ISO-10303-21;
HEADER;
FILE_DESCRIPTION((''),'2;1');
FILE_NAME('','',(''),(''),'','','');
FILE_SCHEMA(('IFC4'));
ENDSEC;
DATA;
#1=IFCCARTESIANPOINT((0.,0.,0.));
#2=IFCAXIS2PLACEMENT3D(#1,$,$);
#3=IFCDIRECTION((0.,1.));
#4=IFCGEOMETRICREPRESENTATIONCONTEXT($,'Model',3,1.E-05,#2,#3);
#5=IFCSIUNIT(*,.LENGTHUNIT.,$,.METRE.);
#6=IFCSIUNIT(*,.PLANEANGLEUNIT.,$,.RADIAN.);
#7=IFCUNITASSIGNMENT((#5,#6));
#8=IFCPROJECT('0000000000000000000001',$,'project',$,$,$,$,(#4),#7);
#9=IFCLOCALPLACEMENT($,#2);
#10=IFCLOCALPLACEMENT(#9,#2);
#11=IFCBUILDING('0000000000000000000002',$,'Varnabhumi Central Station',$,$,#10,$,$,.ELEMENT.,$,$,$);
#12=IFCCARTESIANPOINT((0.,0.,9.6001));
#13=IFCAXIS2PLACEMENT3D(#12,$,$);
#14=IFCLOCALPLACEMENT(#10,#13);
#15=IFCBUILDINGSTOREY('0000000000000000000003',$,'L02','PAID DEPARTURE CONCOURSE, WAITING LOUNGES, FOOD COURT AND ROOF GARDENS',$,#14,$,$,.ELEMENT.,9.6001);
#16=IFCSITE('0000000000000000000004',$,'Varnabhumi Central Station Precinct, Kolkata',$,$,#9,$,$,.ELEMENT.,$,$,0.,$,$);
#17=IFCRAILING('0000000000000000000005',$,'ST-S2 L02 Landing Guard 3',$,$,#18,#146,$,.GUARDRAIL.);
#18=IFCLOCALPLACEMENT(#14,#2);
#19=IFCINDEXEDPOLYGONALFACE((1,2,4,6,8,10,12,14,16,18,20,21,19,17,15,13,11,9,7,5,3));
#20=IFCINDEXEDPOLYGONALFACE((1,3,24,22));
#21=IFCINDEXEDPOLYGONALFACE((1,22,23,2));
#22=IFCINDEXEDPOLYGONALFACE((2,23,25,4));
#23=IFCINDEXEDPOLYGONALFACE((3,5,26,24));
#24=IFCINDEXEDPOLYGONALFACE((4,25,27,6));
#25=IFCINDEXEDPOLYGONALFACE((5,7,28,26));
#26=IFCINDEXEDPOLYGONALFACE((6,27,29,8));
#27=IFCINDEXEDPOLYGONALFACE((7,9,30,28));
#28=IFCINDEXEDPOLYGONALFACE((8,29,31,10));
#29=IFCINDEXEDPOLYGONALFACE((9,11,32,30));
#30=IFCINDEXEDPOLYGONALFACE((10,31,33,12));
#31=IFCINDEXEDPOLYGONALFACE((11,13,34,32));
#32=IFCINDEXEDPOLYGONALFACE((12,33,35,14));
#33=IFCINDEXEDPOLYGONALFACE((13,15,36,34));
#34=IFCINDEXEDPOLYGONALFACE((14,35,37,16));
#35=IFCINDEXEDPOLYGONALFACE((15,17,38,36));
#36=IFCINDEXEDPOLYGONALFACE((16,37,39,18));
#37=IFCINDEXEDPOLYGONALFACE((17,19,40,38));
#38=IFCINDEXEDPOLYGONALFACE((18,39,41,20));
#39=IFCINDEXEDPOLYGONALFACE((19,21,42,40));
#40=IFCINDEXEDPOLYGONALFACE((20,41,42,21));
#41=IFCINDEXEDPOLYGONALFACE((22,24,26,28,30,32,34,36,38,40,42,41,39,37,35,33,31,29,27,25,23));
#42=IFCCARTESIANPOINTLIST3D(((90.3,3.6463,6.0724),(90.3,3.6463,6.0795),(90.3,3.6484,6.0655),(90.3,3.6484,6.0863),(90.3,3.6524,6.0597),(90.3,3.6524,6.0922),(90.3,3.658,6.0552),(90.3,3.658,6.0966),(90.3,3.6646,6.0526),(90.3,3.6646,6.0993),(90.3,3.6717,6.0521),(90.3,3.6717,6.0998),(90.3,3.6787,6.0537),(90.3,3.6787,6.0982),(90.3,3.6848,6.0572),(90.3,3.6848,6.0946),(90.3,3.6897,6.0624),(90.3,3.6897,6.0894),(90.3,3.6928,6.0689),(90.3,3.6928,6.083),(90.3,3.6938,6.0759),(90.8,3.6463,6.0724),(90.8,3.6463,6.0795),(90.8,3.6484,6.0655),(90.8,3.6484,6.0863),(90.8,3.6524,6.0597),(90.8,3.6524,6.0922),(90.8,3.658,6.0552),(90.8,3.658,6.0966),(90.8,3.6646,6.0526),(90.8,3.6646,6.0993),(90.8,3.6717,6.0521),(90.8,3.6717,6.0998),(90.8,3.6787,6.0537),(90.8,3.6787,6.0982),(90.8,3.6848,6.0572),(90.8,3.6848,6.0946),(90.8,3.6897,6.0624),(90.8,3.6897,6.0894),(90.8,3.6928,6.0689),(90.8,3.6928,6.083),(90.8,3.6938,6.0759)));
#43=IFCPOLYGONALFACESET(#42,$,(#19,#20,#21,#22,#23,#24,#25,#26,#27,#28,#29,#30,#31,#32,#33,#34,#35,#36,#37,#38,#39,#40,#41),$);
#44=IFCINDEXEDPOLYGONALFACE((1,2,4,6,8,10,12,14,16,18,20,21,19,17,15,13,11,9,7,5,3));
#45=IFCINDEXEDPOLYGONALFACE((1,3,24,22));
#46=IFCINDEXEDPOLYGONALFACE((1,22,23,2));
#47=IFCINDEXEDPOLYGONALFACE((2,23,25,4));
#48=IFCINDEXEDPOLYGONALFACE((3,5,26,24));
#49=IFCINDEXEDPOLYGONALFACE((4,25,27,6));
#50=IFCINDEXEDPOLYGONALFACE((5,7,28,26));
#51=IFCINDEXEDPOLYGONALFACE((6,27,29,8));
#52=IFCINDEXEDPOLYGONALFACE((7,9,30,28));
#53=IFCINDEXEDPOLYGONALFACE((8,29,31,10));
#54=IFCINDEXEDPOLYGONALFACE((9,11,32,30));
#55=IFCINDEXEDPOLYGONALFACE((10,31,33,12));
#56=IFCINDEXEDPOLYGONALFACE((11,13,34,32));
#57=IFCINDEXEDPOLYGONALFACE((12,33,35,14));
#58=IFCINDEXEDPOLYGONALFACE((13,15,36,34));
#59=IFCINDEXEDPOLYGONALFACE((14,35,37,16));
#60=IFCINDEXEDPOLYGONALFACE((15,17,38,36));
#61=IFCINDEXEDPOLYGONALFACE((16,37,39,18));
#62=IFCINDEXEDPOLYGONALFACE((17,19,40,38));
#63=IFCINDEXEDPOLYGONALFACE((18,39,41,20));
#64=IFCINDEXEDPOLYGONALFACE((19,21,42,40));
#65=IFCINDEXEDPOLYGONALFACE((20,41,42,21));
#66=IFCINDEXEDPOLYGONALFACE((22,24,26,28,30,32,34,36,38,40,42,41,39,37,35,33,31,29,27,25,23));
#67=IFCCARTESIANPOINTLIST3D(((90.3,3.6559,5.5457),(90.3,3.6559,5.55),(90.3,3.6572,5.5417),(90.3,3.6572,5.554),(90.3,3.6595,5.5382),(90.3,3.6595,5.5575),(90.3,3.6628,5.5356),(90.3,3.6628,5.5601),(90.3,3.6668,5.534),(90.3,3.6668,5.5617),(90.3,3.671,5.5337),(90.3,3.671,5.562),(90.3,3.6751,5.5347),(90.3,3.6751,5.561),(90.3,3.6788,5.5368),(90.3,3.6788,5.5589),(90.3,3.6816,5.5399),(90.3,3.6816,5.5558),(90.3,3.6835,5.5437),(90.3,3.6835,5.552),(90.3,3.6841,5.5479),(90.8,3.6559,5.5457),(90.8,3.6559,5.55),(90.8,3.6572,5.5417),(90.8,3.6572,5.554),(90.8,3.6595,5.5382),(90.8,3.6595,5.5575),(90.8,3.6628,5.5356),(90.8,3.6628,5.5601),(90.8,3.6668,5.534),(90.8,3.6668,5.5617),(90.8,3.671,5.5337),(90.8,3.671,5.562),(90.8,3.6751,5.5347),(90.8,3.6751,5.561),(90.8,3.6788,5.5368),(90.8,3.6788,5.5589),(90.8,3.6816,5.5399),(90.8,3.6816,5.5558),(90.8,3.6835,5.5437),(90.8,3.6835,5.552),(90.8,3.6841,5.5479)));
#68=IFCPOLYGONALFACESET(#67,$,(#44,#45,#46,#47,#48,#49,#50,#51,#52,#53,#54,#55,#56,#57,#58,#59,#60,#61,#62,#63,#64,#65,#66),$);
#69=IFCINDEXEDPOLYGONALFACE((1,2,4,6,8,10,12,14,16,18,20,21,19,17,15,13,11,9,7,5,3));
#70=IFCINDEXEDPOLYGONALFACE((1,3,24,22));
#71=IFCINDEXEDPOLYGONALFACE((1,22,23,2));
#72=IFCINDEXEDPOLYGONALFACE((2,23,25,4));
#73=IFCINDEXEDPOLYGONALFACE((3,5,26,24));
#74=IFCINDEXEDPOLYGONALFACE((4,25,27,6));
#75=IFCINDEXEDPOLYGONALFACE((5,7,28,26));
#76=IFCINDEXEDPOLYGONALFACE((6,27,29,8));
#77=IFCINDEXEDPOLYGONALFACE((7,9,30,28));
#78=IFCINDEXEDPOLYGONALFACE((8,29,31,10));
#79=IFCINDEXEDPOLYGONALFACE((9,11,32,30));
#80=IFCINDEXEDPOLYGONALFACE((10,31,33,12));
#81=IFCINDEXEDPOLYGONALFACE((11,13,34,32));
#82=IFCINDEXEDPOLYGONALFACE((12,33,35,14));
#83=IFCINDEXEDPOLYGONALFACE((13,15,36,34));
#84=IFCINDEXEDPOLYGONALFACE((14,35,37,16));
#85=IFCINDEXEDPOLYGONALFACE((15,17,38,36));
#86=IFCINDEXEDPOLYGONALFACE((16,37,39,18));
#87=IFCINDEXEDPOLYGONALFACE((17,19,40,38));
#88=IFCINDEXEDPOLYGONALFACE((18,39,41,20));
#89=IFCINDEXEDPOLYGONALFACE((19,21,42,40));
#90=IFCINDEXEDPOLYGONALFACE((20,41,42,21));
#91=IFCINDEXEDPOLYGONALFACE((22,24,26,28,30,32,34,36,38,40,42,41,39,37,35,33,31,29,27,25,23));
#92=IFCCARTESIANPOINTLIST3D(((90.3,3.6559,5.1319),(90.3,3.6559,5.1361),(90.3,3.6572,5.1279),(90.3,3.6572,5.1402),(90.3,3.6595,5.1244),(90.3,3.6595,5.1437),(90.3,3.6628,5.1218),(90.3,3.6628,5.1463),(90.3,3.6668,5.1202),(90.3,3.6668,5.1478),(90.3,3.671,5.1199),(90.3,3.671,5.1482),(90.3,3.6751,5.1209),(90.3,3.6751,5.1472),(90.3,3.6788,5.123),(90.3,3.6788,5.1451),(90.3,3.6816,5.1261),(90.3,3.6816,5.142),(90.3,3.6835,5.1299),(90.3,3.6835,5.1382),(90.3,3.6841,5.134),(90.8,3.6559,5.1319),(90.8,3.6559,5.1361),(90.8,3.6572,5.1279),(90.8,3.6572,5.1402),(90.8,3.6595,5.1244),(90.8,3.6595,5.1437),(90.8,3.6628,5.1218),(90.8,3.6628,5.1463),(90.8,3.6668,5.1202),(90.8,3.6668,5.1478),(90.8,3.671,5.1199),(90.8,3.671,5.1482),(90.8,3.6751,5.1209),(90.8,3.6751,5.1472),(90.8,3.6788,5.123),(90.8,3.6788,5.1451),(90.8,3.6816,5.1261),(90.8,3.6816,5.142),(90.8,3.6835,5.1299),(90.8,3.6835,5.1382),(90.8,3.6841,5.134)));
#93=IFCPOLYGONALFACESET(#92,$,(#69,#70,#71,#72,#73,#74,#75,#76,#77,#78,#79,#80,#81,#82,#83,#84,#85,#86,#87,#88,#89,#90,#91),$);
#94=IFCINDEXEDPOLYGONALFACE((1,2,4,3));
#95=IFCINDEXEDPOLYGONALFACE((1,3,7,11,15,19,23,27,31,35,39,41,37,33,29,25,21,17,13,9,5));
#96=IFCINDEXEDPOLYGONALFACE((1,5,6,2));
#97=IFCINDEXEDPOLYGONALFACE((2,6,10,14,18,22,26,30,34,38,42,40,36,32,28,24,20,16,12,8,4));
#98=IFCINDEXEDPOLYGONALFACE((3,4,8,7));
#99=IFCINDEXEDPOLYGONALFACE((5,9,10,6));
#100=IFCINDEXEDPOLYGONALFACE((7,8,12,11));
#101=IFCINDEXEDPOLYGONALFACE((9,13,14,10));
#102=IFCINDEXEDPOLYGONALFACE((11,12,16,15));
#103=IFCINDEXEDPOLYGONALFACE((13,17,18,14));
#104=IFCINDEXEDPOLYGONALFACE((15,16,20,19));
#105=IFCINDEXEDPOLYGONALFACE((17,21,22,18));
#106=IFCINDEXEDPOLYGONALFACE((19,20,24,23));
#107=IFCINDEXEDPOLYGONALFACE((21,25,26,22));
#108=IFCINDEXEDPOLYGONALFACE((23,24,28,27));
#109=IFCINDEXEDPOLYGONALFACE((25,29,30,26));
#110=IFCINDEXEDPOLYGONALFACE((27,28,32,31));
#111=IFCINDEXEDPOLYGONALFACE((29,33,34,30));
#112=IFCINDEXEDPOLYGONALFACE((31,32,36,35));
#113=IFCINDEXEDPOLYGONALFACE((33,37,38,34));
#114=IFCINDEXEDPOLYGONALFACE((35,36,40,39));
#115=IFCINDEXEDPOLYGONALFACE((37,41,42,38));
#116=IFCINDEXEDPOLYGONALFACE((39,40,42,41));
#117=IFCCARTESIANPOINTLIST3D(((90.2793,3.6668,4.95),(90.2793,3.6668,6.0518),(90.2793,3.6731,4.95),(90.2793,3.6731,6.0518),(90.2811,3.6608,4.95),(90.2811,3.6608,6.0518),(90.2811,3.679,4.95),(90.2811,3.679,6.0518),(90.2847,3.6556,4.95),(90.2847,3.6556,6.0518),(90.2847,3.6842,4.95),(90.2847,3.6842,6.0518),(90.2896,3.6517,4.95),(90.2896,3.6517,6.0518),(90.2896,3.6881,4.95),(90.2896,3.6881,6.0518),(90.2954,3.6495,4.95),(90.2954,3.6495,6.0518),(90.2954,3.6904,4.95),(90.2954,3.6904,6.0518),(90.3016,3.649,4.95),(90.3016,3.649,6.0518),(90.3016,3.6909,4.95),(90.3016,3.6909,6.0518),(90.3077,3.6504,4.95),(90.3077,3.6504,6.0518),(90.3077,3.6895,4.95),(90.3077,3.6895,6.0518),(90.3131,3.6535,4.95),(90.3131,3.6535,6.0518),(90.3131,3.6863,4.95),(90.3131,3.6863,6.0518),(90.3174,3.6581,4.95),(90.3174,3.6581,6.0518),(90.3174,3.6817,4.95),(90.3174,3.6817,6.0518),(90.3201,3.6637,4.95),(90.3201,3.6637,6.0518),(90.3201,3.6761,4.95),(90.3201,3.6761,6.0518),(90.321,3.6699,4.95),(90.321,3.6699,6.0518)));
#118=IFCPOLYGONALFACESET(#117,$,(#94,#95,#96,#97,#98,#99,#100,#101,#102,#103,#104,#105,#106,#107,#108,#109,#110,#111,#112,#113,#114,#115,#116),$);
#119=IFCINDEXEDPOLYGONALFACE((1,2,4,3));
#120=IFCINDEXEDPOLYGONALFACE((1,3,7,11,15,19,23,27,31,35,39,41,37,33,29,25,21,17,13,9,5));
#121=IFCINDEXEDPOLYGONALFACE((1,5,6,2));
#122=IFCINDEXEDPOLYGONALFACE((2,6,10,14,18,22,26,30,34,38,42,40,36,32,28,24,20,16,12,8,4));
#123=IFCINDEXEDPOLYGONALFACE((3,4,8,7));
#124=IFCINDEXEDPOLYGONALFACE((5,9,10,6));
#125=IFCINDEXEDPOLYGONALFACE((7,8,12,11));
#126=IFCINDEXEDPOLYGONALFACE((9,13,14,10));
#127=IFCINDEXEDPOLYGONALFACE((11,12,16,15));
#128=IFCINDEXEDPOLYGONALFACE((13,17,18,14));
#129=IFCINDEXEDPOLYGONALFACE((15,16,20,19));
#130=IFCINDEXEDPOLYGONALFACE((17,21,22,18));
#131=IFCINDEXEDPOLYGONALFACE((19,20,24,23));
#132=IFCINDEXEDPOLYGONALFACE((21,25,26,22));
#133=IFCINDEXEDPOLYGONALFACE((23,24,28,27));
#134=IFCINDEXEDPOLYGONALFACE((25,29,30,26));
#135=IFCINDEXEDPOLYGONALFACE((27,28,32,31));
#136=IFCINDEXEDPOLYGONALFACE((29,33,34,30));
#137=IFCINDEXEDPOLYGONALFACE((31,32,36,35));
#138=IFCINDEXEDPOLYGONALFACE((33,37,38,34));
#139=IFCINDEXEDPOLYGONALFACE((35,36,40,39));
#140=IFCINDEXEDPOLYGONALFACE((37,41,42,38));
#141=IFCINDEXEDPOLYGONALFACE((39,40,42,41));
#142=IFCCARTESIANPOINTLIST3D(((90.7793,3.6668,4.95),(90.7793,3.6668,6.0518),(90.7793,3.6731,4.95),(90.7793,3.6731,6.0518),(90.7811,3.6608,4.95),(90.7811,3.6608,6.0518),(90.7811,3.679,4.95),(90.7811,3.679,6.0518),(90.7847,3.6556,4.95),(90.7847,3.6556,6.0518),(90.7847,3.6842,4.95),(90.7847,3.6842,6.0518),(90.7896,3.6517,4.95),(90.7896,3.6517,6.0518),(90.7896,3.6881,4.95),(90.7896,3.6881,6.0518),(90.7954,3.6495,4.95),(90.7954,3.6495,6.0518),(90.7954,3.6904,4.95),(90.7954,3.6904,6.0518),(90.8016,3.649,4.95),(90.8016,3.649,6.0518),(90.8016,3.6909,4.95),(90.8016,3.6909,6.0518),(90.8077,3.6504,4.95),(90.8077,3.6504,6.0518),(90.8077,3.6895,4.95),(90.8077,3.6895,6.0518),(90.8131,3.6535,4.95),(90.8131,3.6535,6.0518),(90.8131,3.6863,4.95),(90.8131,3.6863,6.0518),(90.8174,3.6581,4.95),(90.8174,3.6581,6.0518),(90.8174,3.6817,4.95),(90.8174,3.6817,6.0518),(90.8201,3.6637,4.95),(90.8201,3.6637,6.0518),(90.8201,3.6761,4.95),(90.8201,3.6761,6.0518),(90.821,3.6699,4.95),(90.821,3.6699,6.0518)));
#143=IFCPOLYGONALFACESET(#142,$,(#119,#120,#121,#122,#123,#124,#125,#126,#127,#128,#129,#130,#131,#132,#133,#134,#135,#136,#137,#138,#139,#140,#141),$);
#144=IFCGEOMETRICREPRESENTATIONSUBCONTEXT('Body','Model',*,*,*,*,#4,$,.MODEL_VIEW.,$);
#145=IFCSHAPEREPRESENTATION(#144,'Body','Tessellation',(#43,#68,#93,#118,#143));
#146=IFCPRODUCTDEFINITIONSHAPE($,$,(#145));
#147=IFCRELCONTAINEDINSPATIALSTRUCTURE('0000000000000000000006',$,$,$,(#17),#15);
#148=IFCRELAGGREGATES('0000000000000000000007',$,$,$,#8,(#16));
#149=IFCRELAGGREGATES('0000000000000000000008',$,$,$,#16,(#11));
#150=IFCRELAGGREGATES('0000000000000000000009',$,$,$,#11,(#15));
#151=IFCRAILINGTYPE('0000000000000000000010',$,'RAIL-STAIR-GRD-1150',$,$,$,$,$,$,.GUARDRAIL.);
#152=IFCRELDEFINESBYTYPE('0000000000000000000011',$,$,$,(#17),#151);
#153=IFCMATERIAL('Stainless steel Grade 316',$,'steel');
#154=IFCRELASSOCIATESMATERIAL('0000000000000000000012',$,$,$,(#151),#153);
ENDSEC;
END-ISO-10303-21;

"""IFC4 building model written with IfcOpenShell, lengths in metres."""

from ifc_helpers import new_model, si_unit, direction, frame, origin, origin_2d, place, context, subcontext, project, spatial, circle, extrude, material, type_object, element, save


model = new_model("IFC4")

# Units and contexts
model_context = context("Model", 3, precision=1e-05, world=origin(), true_north=direction((0.0, 1.0)))
body_context = subcontext(model_context, "Body", "Model", "MODEL_VIEW")
ifc_project = project(units=[si_unit("LENGTHUNIT", "METRE"), si_unit("PLANEANGLEUNIT", "RADIAN")], contexts=[model_context])

# Site, building, storey
site_placement = place(None, origin())
site = spatial("IfcSite", under=ifc_project, at=site_placement, Name="Varnabhumi Central Station Precinct, Kolkata", CompositionType="ELEMENT", RefElevation=0.0)
building_placement = place(site_placement, origin())
building = spatial("IfcBuilding", under=site, at=building_placement, Name="Varnabhumi Central Station", CompositionType="ELEMENT")
storey_placement = place(building_placement, frame((0.0, 0.0, 9.6001)))
storey = spatial("IfcBuildingStorey", under=building, at=storey_placement, Name="L02", Description="PAID DEPARTURE CONCOURSE, WAITING LOUNGES, FOOD COURT AND ROOF GARDENS", CompositionType="ELEMENT", Elevation=9.6001)

# Shared definitions
ifc_material_1 = material(Name="Stainless steel Grade 316", Category="steel")

# Railing
railing_type_1 = type_object("IfcRailingType", Name="RAIL-STAIR-GRD-1150", PredefinedType="GUARDRAIL", material=ifc_material_1)
for number, where, name in (
    (1, (90.3, 3.6699, 4.95), "ST-S2 L02 Landing Guard 3"),
):
    element("IfcRailing", number, at=place(storey_placement, frame(where)), inside=storey, type_object=railing_type_1, Name=name, PredefinedType="GUARDRAIL", context=body_context, shape_type="SweptSolid", body=[
        extrude(circle(Radius=0.0239, at=origin_2d()), frame((0.0, 0.0, 1.126), z_axis=(1.0, 0.0, 0.0), x_axis=(0.0, 1.0, 0.0)), (0.0, 0.0, 1.0), 0.5),
        extrude(circle(Radius=0.0142, at=origin_2d()), frame((0.0, 0.0, 0.5979), z_axis=(1.0, 0.0, 0.0), x_axis=(0.0, 1.0, 0.0)), (0.0, 0.0, 1.0), 0.5),
        extrude(circle(Radius=0.0142, at=origin_2d()), frame((0.0, 0.0, 0.1841), z_axis=(1.0, 0.0, 0.0), x_axis=(0.0, 1.0, 0.0)), (0.0, 0.0, 1.0), 0.5),
        extrude(circle(Radius=0.021, at=origin_2d()), origin(), (0.0, 0.0, 1.0), 1.1018),
        extrude(circle(Radius=0.021, at=origin_2d()), frame((0.5, 0.0, 0.0)), (0.0, 0.0, 1.0), 1.1018),
    ])

save(model, "model.ifc")
